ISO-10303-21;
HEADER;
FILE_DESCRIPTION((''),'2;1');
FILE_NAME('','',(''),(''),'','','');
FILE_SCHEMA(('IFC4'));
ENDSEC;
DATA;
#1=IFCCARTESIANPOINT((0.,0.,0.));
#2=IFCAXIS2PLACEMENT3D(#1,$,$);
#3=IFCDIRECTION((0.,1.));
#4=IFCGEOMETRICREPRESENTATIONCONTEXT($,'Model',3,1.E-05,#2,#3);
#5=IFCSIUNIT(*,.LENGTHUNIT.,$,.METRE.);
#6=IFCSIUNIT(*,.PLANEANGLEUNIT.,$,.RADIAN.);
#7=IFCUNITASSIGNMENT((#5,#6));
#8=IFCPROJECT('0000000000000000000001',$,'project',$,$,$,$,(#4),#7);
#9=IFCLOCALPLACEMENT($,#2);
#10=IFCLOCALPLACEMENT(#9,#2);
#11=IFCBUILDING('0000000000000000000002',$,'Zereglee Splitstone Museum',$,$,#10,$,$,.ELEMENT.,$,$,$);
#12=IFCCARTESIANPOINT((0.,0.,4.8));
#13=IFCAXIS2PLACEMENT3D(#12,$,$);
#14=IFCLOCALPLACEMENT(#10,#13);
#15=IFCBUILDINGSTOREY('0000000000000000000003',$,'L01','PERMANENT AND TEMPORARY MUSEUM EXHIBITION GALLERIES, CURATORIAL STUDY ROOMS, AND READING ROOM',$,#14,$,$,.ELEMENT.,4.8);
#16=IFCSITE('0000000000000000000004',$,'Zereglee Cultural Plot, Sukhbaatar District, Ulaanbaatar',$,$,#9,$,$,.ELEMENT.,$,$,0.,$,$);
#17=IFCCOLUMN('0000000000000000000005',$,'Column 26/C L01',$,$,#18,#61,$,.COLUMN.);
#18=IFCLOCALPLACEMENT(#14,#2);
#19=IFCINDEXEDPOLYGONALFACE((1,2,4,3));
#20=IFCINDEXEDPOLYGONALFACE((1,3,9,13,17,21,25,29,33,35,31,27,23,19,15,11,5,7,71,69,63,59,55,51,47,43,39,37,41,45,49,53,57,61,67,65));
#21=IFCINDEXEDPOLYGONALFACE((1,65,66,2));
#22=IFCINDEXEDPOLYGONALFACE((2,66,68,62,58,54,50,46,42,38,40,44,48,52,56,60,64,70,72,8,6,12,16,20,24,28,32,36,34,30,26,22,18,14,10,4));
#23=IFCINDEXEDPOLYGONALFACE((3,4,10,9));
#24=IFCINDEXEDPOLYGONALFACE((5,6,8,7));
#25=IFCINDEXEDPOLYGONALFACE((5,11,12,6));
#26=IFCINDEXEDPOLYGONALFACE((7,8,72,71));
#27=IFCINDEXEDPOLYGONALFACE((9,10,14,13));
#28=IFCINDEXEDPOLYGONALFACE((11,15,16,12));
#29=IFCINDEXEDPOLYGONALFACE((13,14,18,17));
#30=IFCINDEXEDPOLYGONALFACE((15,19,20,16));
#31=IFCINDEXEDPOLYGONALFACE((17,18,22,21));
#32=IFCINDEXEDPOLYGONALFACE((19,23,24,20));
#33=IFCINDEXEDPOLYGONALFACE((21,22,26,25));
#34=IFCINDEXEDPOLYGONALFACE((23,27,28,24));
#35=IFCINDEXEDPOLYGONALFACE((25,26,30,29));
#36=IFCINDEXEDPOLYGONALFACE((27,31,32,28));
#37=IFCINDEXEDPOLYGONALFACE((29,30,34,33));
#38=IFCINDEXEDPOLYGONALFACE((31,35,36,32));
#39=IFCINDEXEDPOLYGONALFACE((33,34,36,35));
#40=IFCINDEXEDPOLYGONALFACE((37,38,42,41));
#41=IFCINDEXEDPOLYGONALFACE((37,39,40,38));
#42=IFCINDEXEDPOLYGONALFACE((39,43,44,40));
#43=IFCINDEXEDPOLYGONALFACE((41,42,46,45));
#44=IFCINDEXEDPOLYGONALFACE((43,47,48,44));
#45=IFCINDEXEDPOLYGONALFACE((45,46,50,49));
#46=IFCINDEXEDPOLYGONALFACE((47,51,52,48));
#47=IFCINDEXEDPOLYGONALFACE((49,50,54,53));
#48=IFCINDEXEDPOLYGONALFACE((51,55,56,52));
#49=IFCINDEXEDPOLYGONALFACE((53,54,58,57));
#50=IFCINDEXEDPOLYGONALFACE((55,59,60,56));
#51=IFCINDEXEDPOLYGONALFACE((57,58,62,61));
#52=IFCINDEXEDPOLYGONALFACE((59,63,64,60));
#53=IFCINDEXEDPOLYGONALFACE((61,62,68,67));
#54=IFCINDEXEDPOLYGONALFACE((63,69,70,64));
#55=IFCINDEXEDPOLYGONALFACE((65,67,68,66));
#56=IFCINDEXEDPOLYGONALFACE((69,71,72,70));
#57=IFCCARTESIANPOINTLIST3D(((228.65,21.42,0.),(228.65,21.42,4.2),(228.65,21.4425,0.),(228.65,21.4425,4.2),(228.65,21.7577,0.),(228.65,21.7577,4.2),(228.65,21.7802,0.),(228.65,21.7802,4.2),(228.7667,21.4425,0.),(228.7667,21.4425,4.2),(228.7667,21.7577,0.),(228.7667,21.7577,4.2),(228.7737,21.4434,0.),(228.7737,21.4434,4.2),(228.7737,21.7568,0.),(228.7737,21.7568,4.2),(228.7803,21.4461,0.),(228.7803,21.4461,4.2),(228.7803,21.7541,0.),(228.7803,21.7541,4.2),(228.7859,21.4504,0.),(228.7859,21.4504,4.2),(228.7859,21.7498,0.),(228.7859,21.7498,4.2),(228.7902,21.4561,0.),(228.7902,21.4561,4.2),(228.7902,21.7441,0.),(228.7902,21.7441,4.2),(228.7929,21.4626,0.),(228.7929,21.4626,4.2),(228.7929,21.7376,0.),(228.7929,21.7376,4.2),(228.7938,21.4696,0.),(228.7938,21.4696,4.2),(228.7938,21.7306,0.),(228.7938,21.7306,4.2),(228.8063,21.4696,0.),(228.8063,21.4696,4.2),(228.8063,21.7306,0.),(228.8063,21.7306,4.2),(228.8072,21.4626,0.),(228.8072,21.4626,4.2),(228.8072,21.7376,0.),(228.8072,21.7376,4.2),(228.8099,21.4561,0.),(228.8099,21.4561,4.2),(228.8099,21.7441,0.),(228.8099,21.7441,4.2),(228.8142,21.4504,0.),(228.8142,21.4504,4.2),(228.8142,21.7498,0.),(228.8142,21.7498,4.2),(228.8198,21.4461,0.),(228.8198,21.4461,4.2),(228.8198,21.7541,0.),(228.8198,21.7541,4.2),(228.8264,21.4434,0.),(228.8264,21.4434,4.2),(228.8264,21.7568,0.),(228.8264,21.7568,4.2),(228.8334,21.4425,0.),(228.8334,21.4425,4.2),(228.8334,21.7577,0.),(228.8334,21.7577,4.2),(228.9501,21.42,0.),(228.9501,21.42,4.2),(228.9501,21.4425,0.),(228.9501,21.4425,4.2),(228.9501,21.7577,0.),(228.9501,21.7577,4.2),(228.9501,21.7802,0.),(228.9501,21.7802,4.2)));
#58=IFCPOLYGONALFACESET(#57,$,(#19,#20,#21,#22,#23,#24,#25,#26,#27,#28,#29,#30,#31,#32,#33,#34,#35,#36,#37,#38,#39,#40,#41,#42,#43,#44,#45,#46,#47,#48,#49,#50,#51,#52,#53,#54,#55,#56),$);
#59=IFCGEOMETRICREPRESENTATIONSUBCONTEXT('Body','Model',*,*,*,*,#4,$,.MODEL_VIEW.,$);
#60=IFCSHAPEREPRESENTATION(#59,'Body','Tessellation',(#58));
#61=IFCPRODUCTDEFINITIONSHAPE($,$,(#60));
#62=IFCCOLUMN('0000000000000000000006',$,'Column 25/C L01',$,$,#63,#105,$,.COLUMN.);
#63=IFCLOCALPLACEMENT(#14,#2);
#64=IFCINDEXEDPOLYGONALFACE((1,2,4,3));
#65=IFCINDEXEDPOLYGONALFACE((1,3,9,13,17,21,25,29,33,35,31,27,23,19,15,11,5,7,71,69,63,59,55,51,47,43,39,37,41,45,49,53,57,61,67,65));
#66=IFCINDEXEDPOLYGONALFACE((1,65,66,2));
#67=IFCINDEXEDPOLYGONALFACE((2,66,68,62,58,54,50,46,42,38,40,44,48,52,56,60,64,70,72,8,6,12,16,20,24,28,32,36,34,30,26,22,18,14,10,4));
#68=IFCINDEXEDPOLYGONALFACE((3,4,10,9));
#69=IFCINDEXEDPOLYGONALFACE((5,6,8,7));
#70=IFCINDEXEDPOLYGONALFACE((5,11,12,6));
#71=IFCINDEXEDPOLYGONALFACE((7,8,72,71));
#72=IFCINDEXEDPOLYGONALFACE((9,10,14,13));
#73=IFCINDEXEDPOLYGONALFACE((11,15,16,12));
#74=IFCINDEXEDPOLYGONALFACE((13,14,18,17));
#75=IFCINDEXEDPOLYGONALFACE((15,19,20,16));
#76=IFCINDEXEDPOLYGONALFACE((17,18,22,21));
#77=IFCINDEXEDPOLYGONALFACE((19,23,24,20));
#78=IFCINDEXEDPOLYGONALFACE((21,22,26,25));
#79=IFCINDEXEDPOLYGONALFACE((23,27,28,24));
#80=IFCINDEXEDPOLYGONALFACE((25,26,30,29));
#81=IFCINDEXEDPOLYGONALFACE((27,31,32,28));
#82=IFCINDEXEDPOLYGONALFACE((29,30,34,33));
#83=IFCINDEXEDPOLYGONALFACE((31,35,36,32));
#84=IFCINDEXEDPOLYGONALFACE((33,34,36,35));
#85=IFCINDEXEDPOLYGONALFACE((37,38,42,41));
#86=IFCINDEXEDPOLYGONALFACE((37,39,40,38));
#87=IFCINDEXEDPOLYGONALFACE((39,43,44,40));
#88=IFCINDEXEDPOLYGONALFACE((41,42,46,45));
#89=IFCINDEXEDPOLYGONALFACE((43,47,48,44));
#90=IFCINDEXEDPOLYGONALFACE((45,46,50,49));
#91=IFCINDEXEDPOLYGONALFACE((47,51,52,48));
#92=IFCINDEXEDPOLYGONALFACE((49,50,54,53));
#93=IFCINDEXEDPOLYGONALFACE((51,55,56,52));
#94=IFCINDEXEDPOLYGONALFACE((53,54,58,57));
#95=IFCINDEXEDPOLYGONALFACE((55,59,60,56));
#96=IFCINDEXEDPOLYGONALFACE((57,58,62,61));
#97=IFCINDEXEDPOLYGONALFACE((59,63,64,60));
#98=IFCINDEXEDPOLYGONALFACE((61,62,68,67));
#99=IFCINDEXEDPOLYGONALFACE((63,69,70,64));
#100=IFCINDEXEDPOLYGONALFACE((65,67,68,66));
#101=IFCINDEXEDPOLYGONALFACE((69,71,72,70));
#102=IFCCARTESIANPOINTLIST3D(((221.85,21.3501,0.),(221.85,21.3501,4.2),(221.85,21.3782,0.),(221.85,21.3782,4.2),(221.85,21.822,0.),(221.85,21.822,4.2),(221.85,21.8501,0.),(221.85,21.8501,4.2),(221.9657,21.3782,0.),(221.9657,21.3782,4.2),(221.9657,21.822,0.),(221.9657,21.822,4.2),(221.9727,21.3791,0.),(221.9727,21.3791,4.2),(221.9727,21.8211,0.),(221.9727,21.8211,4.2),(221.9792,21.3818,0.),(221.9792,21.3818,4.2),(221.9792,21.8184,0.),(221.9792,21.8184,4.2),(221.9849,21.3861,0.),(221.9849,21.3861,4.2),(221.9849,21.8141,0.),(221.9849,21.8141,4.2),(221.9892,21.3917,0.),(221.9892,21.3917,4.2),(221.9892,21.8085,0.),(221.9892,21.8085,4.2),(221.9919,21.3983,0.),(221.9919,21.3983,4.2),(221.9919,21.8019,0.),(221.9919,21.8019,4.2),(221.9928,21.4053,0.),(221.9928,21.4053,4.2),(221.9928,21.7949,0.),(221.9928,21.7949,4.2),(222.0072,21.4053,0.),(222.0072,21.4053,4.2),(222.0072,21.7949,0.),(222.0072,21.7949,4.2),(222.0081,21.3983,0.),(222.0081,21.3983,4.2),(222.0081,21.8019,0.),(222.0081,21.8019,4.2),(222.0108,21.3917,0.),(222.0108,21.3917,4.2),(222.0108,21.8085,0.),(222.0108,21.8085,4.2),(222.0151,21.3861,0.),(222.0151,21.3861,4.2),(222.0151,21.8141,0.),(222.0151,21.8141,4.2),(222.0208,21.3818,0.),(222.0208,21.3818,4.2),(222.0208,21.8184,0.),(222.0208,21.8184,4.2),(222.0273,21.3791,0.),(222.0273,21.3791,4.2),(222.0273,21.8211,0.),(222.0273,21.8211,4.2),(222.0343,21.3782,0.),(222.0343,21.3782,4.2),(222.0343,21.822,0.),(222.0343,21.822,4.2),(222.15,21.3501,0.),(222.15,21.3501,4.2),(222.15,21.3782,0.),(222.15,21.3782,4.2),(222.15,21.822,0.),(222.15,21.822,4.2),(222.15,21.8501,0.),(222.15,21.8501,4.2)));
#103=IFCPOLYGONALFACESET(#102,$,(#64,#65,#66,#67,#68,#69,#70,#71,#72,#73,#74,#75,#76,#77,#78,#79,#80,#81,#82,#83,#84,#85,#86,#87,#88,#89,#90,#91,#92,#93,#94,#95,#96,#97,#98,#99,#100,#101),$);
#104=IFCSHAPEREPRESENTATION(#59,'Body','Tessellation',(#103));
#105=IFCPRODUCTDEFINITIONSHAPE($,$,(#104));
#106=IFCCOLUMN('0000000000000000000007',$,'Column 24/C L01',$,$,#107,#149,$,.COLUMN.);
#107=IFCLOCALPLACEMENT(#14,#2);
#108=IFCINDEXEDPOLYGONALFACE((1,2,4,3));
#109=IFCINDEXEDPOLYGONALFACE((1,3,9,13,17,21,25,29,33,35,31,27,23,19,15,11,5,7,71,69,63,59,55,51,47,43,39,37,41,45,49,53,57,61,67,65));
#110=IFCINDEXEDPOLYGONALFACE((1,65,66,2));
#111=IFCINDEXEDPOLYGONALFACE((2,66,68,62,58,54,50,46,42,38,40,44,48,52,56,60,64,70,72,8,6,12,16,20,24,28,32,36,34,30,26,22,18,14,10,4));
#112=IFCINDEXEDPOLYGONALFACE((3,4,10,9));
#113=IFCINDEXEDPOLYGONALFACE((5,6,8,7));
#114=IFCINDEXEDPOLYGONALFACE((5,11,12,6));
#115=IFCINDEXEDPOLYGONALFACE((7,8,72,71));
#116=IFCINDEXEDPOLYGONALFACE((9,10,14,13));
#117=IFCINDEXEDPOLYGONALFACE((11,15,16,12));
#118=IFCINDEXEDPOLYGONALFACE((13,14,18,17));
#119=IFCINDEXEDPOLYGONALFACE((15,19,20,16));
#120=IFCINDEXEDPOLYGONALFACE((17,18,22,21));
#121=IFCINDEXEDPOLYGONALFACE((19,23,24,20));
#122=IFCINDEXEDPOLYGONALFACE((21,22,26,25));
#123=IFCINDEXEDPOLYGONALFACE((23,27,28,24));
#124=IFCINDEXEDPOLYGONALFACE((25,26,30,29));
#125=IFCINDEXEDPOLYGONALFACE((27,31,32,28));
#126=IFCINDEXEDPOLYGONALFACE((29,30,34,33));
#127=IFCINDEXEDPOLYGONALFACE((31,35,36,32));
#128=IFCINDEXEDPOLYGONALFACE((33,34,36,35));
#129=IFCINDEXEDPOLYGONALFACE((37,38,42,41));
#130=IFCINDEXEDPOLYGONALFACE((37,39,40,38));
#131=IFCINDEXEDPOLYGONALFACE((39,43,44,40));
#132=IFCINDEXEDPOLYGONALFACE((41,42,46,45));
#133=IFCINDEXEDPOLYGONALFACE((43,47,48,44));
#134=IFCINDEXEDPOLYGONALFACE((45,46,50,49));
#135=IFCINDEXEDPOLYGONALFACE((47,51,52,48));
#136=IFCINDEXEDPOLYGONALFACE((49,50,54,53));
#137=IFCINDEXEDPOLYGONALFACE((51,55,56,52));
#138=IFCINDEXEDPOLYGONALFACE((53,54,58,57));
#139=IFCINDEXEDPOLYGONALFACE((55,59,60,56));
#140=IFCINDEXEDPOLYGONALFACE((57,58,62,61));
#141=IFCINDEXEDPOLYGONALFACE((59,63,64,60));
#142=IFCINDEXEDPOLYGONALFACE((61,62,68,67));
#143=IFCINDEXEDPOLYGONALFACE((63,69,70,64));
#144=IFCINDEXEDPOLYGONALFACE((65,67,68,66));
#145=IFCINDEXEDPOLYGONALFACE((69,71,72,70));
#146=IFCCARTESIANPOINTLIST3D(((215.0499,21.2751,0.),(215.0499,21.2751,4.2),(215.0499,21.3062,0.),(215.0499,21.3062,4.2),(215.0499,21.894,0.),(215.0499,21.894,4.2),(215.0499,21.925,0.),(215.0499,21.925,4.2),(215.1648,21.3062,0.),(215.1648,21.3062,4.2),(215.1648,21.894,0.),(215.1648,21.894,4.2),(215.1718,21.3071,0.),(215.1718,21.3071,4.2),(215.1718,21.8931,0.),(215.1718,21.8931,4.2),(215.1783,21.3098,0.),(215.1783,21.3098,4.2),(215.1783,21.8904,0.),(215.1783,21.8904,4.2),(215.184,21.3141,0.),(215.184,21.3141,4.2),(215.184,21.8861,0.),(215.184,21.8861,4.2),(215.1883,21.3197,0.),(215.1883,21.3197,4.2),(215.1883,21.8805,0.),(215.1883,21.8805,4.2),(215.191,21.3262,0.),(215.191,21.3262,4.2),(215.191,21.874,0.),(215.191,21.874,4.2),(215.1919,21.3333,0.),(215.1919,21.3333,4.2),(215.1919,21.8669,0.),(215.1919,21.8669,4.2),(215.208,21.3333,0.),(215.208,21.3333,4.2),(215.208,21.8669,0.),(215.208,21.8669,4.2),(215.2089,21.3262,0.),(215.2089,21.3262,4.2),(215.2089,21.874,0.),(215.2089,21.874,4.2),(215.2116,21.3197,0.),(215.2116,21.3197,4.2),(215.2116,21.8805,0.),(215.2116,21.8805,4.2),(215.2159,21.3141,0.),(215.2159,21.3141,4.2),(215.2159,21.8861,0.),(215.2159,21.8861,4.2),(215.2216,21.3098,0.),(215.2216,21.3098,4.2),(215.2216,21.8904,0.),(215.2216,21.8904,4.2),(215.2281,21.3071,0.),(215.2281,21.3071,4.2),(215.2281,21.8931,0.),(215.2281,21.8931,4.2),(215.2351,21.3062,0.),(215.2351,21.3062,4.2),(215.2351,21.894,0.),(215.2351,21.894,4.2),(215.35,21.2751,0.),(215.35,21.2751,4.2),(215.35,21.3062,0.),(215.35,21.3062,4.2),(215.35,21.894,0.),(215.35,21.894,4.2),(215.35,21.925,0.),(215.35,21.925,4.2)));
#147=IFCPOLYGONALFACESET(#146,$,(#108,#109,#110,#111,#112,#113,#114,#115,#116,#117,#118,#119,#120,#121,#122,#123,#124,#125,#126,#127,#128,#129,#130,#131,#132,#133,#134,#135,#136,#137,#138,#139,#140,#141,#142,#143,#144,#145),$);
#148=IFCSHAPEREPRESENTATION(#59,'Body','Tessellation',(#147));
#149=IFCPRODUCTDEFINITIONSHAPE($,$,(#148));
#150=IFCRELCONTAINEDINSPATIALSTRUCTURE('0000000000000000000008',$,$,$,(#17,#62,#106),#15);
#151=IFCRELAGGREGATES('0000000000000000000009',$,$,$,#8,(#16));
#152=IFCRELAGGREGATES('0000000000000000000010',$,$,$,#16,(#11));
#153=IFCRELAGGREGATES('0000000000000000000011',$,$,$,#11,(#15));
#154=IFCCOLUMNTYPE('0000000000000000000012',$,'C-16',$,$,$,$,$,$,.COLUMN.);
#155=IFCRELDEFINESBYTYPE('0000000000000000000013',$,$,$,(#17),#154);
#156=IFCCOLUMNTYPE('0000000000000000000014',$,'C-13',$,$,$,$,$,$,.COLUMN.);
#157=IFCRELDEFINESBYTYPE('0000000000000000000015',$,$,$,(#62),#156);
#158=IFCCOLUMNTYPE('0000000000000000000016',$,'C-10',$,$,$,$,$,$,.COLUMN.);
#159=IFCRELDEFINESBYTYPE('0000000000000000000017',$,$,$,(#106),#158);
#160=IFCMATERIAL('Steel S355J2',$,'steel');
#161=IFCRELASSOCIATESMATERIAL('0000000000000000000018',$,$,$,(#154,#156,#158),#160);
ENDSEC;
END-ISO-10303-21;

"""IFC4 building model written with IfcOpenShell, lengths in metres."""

from ifc_helpers import new_model, si_unit, direction, frame, origin, origin_2d, place, context, subcontext, project, spatial, i_section, extrude, material, material_profile, profile_set, type_object, element, save


model = new_model("IFC4")

# Units and contexts
model_context = context("Model", 3, precision=1e-05, world=origin(), true_north=direction((0.0, 1.0)))
body_context = subcontext(model_context, "Body", "Model", "MODEL_VIEW")
ifc_project = project(units=[si_unit("LENGTHUNIT", "METRE"), si_unit("PLANEANGLEUNIT", "RADIAN")], contexts=[model_context])

# Site, building, storey
site_placement = place(None, origin())
site = spatial("IfcSite", under=ifc_project, at=site_placement, Name="Zereglee Cultural Plot, Sukhbaatar District, Ulaanbaatar", CompositionType="ELEMENT", RefElevation=0.0)
building_placement = place(site_placement, origin())
building = spatial("IfcBuilding", under=site, at=building_placement, Name="Zereglee Splitstone Museum", CompositionType="ELEMENT")
storey_placement = place(building_placement, frame((0.0, 0.0, 4.8)))
storey = spatial("IfcBuildingStorey", under=building, at=storey_placement, Name="L01", Description="PERMANENT AND TEMPORARY MUSEUM EXHIBITION GALLERIES, CURATORIAL STUDY ROOMS, AND READING ROOM", CompositionType="ELEMENT", Elevation=4.8)

# Columns
ifc_material_1 = material(Name="Steel S355J2", Category="steel")
ifc_material_profile_1 = material_profile(ifc_material_1, i_section(OverallWidth=0.3, OverallDepth=0.3601, WebThickness=0.0125, FlangeThickness=0.0225, FilletRadius=0.0271, at=origin_2d()), Name="HE 360 B")
ifc_profile_set_1 = profile_set([ifc_material_profile_1], Name="Steel S355J2")
column_type_1 = type_object("IfcColumnType", Name="C-16", PredefinedType="COLUMN", material=ifc_profile_set_1)
column_1_placement = place(storey_placement, frame((228.8, 21.6001, 0.0), z_axis=(0.0, 0.0, 1.0), x_axis=(1.0, 0.0, 0.0)))
element("IfcColumn", 1, at=column_1_placement, inside=storey, type_object=column_type_1, Name="Column 26/C L01", PredefinedType="COLUMN", context=body_context, shape_type="SweptSolid", body=[
    extrude(i_section(OverallWidth=0.3, OverallDepth=0.3601, WebThickness=0.0125, FlangeThickness=0.0225, FilletRadius=0.0271, at=origin_2d()), origin(), (0.0, 0.0, 1.0), 4.2),
])
ifc_material_profile_2 = material_profile(ifc_material_1, i_section(OverallWidth=0.3, OverallDepth=0.5, WebThickness=0.0144, FlangeThickness=0.0281, FilletRadius=0.0271, at=origin_2d()), Name="HE 500 B")
ifc_profile_set_2 = profile_set([ifc_material_profile_2], Name="Steel S355J2")
column_type_2 = type_object("IfcColumnType", Name="C-13", PredefinedType="COLUMN", material=ifc_profile_set_2)
column_2_placement = place(storey_placement, frame((222.0, 21.6001, 0.0), z_axis=(0.0, 0.0, 1.0), x_axis=(1.0, 0.0, 0.0)))
element("IfcColumn", 2, at=column_2_placement, inside=storey, type_object=column_type_2, Name="Column 25/C L01", PredefinedType="COLUMN", context=body_context, shape_type="SweptSolid", body=[
    extrude(i_section(OverallWidth=0.3, OverallDepth=0.5, WebThickness=0.0144, FlangeThickness=0.0281, FilletRadius=0.0271, at=origin_2d()), origin(), (0.0, 0.0, 1.0), 4.2),
])
ifc_material_profile_3 = material_profile(ifc_material_1, i_section(OverallWidth=0.3, OverallDepth=0.6499, WebThickness=0.0161, FlangeThickness=0.031, FilletRadius=0.0271, at=origin_2d()), Name="HE 650 B")
ifc_profile_set_3 = profile_set([ifc_material_profile_3], Name="Steel S355J2")
column_type_3 = type_object("IfcColumnType", Name="C-10", PredefinedType="COLUMN", material=ifc_profile_set_3)
column_3_placement = place(storey_placement, frame((215.2, 21.6001, 0.0), z_axis=(0.0, 0.0, 1.0), x_axis=(1.0, 0.0, 0.0)))
element("IfcColumn", 3, at=column_3_placement, inside=storey, type_object=column_type_3, Name="Column 24/C L01", PredefinedType="COLUMN", context=body_context, shape_type="SweptSolid", body=[
    extrude(i_section(OverallWidth=0.3, OverallDepth=0.6499, WebThickness=0.0161, FlangeThickness=0.031, FilletRadius=0.0271, at=origin_2d()), origin(), (0.0, 0.0, 1.0), 4.2),
])

save(model, "model.ifc")
